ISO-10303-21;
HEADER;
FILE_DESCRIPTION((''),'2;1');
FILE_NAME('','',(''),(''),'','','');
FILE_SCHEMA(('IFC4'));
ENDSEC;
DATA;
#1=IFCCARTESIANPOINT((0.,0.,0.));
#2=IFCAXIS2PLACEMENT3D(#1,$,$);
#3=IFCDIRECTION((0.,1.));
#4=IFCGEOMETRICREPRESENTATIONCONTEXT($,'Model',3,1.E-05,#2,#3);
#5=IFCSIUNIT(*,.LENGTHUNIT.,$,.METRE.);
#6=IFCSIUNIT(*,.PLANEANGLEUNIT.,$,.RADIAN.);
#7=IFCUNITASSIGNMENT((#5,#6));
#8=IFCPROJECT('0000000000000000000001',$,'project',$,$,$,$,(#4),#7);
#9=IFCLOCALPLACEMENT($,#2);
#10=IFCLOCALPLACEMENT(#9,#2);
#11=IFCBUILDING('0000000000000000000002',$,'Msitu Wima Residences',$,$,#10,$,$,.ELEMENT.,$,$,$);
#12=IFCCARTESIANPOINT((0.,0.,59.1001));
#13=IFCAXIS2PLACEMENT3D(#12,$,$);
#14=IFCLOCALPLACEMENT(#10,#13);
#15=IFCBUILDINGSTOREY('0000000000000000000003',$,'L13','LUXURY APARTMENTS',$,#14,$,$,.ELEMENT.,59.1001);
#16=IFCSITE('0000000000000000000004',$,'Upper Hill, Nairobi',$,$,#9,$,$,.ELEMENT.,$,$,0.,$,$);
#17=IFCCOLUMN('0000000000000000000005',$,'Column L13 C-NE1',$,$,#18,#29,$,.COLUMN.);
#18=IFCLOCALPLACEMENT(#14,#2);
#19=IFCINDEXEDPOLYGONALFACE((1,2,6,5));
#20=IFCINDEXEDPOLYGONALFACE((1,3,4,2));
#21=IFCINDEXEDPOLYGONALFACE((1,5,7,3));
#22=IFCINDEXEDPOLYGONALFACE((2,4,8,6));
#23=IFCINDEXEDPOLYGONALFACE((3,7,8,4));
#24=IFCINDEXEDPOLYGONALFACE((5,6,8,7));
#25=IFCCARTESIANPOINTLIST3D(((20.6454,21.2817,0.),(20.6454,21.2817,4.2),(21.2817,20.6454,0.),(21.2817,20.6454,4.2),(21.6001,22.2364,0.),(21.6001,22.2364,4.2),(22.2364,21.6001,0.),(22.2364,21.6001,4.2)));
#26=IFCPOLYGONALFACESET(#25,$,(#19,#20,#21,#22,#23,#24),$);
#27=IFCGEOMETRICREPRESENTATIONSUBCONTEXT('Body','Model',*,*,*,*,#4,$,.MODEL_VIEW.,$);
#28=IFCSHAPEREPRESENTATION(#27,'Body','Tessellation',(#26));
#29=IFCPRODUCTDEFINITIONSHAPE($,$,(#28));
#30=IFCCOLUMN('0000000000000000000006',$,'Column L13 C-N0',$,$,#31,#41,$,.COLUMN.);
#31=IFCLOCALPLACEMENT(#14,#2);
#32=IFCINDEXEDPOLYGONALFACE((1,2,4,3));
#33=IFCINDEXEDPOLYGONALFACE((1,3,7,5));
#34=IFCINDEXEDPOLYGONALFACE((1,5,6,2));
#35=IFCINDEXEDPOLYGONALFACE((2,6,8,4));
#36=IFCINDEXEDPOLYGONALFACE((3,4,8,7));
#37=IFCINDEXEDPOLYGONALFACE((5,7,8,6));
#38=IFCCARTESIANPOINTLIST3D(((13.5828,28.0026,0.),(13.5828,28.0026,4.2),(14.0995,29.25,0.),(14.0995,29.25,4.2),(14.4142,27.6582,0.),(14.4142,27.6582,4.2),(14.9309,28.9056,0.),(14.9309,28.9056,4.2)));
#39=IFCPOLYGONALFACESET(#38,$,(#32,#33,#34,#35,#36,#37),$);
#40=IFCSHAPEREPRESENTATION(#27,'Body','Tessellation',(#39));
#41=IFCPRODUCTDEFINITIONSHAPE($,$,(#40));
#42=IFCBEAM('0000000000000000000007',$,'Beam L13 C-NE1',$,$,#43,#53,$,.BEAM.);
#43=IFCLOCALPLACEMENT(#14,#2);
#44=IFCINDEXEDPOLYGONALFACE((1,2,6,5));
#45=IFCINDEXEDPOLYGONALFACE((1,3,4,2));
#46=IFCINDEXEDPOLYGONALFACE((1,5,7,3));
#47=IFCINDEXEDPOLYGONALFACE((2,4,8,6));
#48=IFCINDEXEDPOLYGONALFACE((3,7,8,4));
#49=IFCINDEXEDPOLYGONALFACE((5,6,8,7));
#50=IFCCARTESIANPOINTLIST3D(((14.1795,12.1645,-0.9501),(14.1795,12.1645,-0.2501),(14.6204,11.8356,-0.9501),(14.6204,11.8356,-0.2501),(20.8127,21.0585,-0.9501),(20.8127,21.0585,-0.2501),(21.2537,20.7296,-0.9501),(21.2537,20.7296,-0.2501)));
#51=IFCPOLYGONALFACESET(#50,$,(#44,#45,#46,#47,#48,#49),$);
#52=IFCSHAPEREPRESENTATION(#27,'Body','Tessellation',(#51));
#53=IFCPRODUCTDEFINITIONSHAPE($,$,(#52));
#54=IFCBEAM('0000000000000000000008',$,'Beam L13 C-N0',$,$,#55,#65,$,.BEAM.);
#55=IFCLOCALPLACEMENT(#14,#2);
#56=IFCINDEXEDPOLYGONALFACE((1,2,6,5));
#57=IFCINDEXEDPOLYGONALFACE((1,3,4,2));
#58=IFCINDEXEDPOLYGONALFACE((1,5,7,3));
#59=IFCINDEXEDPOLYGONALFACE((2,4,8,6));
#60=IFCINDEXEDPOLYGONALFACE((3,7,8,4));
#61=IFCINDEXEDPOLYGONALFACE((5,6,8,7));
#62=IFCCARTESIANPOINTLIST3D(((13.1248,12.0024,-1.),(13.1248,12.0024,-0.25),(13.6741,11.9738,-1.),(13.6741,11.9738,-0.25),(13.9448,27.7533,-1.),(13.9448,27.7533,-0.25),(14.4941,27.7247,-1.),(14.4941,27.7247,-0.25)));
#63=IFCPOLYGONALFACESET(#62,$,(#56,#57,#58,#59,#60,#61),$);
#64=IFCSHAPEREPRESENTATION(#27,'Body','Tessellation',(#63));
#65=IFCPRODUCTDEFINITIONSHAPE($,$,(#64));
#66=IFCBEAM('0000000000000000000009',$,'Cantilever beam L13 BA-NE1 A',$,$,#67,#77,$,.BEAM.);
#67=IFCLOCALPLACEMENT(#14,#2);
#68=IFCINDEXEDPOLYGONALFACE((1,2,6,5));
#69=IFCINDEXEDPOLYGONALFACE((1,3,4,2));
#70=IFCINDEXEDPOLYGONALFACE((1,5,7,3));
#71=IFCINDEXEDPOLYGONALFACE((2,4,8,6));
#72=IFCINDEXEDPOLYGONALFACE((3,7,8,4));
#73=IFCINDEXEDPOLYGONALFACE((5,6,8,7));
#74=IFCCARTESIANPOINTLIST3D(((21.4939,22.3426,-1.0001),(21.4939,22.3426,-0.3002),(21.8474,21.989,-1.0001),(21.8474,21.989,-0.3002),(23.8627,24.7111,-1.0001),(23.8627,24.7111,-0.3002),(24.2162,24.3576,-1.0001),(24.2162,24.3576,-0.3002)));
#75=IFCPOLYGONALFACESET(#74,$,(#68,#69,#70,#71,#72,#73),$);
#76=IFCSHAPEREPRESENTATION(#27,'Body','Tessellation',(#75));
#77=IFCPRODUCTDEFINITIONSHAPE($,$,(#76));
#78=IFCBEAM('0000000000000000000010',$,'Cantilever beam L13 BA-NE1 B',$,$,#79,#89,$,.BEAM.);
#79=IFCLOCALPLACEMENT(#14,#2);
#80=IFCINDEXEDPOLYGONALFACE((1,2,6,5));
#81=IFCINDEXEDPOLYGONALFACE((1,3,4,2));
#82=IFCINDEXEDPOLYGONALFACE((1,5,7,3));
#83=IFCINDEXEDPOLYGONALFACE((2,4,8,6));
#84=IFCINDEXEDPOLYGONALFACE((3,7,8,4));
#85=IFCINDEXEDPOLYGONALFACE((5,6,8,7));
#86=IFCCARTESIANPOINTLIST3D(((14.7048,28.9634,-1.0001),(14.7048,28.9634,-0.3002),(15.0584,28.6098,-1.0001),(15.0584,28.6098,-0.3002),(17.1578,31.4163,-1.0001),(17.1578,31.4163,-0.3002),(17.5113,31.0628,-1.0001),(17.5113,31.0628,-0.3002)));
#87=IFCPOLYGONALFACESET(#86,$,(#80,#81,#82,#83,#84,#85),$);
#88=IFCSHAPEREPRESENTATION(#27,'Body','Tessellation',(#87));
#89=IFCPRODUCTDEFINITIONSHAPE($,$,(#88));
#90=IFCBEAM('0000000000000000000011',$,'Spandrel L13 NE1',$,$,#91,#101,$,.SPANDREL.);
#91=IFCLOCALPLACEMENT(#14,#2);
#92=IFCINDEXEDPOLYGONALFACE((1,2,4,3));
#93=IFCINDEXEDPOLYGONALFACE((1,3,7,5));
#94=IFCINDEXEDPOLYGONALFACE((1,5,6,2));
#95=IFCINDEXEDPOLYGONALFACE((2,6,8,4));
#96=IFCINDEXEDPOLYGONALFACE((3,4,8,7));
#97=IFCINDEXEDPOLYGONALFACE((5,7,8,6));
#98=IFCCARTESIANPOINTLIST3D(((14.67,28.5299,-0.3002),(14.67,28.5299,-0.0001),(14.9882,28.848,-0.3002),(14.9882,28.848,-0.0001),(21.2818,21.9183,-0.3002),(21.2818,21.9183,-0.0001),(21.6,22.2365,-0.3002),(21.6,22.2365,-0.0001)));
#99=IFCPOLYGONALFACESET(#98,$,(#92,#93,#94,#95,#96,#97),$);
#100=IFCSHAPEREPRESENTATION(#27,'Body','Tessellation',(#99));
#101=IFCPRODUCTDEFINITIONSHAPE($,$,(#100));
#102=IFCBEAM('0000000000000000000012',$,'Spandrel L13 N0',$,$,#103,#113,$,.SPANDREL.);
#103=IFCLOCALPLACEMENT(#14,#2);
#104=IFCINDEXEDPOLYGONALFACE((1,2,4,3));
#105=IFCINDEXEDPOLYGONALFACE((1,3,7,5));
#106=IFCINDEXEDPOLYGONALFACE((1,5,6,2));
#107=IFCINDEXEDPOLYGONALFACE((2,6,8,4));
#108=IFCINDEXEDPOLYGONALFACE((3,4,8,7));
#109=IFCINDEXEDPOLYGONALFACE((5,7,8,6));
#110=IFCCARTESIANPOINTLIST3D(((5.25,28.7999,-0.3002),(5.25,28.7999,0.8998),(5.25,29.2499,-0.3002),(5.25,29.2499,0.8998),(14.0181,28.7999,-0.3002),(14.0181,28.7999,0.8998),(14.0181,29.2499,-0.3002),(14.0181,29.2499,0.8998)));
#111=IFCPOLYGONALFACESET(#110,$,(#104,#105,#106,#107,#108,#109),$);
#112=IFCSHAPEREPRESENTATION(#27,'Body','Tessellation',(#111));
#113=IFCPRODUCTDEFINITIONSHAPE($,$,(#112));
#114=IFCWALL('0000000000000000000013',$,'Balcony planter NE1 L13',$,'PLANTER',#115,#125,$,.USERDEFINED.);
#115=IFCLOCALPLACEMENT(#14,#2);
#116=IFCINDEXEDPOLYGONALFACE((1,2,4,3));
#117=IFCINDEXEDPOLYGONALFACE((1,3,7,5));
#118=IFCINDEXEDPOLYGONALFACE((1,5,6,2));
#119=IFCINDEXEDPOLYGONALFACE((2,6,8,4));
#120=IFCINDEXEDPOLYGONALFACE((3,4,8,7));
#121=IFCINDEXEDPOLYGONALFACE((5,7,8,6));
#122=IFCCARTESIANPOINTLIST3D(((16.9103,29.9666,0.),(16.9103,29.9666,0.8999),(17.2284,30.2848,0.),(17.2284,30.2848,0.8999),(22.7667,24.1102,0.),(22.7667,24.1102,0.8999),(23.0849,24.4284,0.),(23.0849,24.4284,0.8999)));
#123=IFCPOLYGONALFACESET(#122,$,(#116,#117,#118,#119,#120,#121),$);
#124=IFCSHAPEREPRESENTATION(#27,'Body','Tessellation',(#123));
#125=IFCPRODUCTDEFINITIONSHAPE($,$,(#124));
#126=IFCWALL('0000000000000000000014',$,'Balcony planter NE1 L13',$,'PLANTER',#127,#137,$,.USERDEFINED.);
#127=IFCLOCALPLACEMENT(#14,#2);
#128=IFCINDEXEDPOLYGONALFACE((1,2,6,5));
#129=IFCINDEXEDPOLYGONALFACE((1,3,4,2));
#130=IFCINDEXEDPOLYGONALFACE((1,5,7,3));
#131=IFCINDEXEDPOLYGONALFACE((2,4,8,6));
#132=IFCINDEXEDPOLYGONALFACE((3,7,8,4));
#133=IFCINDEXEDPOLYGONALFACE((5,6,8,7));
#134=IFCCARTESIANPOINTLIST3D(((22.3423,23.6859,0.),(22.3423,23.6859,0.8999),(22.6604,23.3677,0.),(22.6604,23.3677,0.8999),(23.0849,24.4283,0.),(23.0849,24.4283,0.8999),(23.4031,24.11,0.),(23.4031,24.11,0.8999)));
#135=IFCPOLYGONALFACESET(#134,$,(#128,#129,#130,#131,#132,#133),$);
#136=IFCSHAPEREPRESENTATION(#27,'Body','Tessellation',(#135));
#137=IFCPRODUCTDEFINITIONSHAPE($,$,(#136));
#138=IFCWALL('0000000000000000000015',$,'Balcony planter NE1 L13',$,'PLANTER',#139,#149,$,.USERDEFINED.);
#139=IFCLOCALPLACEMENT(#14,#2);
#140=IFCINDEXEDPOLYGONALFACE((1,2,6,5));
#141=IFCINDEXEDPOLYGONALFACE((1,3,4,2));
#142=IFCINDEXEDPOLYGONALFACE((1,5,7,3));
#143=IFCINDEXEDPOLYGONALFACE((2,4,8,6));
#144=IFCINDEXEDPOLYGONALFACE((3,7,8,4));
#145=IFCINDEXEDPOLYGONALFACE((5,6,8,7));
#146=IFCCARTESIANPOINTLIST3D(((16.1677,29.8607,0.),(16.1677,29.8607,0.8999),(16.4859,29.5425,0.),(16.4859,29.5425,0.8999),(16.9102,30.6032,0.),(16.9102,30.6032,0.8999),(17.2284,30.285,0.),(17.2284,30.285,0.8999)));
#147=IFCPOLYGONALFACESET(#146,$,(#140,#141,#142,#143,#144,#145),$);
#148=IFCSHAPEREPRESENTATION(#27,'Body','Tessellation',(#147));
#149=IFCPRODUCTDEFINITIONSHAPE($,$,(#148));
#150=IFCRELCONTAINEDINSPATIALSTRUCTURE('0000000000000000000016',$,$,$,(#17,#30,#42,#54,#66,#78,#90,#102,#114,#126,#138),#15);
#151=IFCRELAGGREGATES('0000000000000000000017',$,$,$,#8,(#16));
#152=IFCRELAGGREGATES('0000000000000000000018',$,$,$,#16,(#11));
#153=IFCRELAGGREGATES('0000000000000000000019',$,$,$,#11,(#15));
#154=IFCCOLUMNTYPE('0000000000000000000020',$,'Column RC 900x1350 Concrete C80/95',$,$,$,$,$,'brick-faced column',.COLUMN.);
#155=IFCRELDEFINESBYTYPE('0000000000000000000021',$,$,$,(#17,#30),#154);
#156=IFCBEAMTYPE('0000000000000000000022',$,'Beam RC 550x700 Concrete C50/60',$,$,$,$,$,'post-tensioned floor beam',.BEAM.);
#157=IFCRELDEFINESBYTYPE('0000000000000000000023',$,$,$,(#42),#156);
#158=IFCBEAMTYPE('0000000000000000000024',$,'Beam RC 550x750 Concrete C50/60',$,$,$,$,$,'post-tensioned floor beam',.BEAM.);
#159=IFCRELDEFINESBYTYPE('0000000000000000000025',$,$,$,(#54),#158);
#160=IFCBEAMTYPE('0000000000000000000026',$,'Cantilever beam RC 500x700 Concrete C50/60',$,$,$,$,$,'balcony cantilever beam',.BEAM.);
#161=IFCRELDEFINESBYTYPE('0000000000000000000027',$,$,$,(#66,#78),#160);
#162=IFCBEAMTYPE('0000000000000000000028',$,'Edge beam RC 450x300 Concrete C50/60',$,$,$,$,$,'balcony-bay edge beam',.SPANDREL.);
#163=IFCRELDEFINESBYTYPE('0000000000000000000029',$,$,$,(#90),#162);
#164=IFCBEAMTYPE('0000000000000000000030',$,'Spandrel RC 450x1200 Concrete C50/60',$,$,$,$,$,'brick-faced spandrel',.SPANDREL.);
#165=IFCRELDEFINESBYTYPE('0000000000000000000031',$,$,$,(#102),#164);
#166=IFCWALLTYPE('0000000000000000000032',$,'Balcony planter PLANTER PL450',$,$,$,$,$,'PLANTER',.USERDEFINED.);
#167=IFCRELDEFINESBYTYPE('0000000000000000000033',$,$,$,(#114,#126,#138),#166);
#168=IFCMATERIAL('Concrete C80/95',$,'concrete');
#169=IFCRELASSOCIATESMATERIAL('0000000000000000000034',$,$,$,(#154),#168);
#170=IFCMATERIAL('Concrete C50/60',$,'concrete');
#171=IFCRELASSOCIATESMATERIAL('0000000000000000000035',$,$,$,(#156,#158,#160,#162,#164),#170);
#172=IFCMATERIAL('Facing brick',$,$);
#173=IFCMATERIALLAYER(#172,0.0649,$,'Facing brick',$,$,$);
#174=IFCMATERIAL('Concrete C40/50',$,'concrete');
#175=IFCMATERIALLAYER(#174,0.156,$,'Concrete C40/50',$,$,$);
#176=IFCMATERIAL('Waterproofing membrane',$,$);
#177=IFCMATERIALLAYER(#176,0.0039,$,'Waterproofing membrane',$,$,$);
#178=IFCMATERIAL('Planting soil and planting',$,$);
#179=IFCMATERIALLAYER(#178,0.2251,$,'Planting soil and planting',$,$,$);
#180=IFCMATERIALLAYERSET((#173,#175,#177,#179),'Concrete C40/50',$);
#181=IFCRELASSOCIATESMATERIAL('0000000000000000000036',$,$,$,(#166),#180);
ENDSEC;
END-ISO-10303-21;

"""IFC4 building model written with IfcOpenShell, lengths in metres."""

from ifc_helpers import new_model, si_unit, direction, frame, frame_2d, origin, origin_2d, place, context, subcontext, project, spatial, rectangle, extrude, material, layer, layer_set, material_profile, profile_set, type_object, element, save


model = new_model("IFC4")

# Units and contexts
model_context = context("Model", 3, precision=1e-05, world=origin(), true_north=direction((0.0, 1.0)))
body_context = subcontext(model_context, "Body", "Model", "MODEL_VIEW")
ifc_project = project(units=[si_unit("LENGTHUNIT", "METRE"), si_unit("PLANEANGLEUNIT", "RADIAN")], contexts=[model_context])

# Site, building, storey
site_placement = place(None, origin())
site = spatial("IfcSite", under=ifc_project, at=site_placement, Name="Upper Hill, Nairobi", CompositionType="ELEMENT", RefElevation=0.0)
building_placement = place(site_placement, origin())
building = spatial("IfcBuilding", under=site, at=building_placement, Name="Msitu Wima Residences", CompositionType="ELEMENT")
storey_placement = place(building_placement, frame((0.0, 0.0, 59.1001)))
storey = spatial("IfcBuildingStorey", under=building, at=storey_placement, Name="L13", Description="LUXURY APARTMENTS", CompositionType="ELEMENT", Elevation=59.1001)

# Columns
ifc_material_1 = material(Name="Concrete C80/95", Category="concrete")
ifc_material_profile_1 = material_profile(ifc_material_1, rectangle(XDim=0.8999, YDim=1.3501, at=origin_2d()), Name="RC 900x1350")
ifc_profile_set_1 = profile_set([ifc_material_profile_1], Name="Concrete C80/95")
column_type = type_object("IfcColumnType", Name="Column RC 900x1350 Concrete C80/95", ElementType="brick-faced column", PredefinedType="COLUMN", material=ifc_profile_set_1)
for number, where, z_axis, x_axis, name in (
    (1, (21.4409, 21.4409, 0.0), (0.0, 0.0, 1.0), (-0.707107, 0.707107, 0.0), "Column L13 C-NE1"),
    (2, (14.2568, 28.4541, 0.0), (0.0, 0.0, 1.0), (-0.92388, 0.382683, 0.0), "Column L13 C-N0"),
):
    element("IfcColumn", number, at=place(storey_placement, frame(where, z_axis=z_axis, x_axis=x_axis)), inside=storey, type_object=column_type, Name=name, PredefinedType="COLUMN", context=body_context, shape_type="SweptSolid", body=[
        extrude(rectangle(XDim=0.8999, YDim=1.3501, at=origin_2d()), origin(), (0.0, 0.0, 1.0), 4.2),
    ])

# Beams
ifc_material_2 = material(Name="Concrete C50/60", Category="concrete")
ifc_material_profile_2 = material_profile(ifc_material_2, rectangle(XDim=0.55, YDim=0.7, at=origin_2d()), Name="RC 550x700")
ifc_profile_set_2 = profile_set([ifc_material_profile_2], Name="Concrete C50/60")
beam_type_1 = type_object("IfcBeamType", Name="Beam RC 550x700 Concrete C50/60", ElementType="post-tensioned floor beam", PredefinedType="BEAM", material=ifc_profile_set_2)
beam_1_placement = place(storey_placement, frame((21.0332, 20.894, -0.6001), z_axis=(-0.59785, -0.801608, 0.0), x_axis=(0.801608, -0.59785, 0.0)))
element("IfcBeam", 3, at=beam_1_placement, inside=storey, type_object=beam_type_1, Name="Beam L13 C-NE1", PredefinedType="BEAM", context=body_context, shape_type="SweptSolid", body=[
    extrude(rectangle(XDim=0.55, YDim=0.7, at=origin_2d()), origin(), (0.0, 0.0, 1.0), 11.0952),
])
ifc_material_profile_3 = material_profile(ifc_material_2, rectangle(XDim=0.55, YDim=0.75, at=origin_2d()), Name="RC 550x750")
ifc_profile_set_3 = profile_set([ifc_material_profile_3], Name="Concrete C50/60")
beam_type_2 = type_object("IfcBeamType", Name="Beam RC 550x750 Concrete C50/60", ElementType="post-tensioned floor beam", PredefinedType="BEAM", material=ifc_profile_set_3)
beam_2_placement = place(storey_placement, frame((14.2195, 27.739, -0.625), z_axis=(-0.051994, -0.998647, 0.0), x_axis=(0.998647, -0.051994, 0.0)))
element("IfcBeam", 4, at=beam_2_placement, inside=storey, type_object=beam_type_2, Name="Beam L13 C-N0", PredefinedType="BEAM", context=body_context, shape_type="SweptSolid", body=[
    extrude(rectangle(XDim=0.55, YDim=0.75, at=origin_2d()), origin(), (0.0, 0.0, 1.0), 15.7722),
])
ifc_material_profile_4 = material_profile(ifc_material_2, rectangle(XDim=0.5, YDim=0.7, at=origin_2d()), Name="RC 500x700")
ifc_profile_set_4 = profile_set([ifc_material_profile_4], Name="Concrete C50/60")
beam_type_3 = type_object("IfcBeamType", Name="Cantilever beam RC 500x700 Concrete C50/60", ElementType="balcony cantilever beam", PredefinedType="BEAM", material=ifc_profile_set_4)
beam_3_placement = place(storey_placement, frame((21.6707, 22.1658, -0.6501), z_axis=(0.707143, 0.70707, 0.0), x_axis=(-0.70707, 0.707143, 0.0)))
element("IfcBeam", 5, at=beam_3_placement, inside=storey, type_object=beam_type_3, Name="Cantilever beam L13 BA-NE1 A", PredefinedType="BEAM", context=body_context, shape_type="SweptSolid", body=[
    extrude(rectangle(XDim=0.5, YDim=0.7, at=origin_2d()), origin(), (0.0, 0.0, 1.0), 3.3499),
])
beam_4_placement = place(storey_placement, frame((14.8816, 28.7866, -0.6501), z_axis=(0.707107, 0.707107, 0.0), x_axis=(-0.707107, 0.707107, 0.0)))
element("IfcBeam", 6, at=beam_4_placement, inside=storey, type_object=beam_type_3, Name="Cantilever beam L13 BA-NE1 B", PredefinedType="BEAM", context=body_context, shape_type="SweptSolid", body=[
    extrude(rectangle(XDim=0.5, YDim=0.7, at=origin_2d()), origin(), (0.0, 0.0, 1.0), 3.469),
])
ifc_material_profile_5 = material_profile(ifc_material_2, rectangle(XDim=0.45, YDim=0.3, at=origin_2d()), Name="RC 450x300")
ifc_profile_set_5 = profile_set([ifc_material_profile_5], Name="Concrete C50/60")
beam_type_4 = type_object("IfcBeamType", Name="Edge beam RC 450x300 Concrete C50/60", ElementType="balcony-bay edge beam", PredefinedType="SPANDREL", material=ifc_profile_set_5)
beam_5_placement = place(storey_placement, frame((21.4409, 22.0774, -0.1501), z_axis=(-0.70712, 0.707094, 0.0), x_axis=(-0.707094, -0.70712, 0.0)))
element("IfcBeam", 7, at=beam_5_placement, inside=storey, type_object=beam_type_4, Name="Spandrel L13 NE1", PredefinedType="SPANDREL", context=body_context, shape_type="SweptSolid", body=[
    extrude(rectangle(XDim=0.45, YDim=0.3, at=origin_2d()), origin(), (0.0, 0.0, 1.0), 9.3503),
])
ifc_material_profile_6 = material_profile(ifc_material_2, rectangle(XDim=0.45, YDim=1.2, at=origin_2d()), Name="RC 450x1200")
ifc_profile_set_6 = profile_set([ifc_material_profile_6], Name="Concrete C50/60")
beam_type_5 = type_object("IfcBeamType", Name="Spandrel RC 450x1200 Concrete C50/60", ElementType="brick-faced spandrel", PredefinedType="SPANDREL", material=ifc_profile_set_6)
beam_6_placement = place(storey_placement, frame((14.0181, 29.0249, 0.2998), z_axis=(-1.0, 0.0, 0.0), x_axis=(0.0, -1.0, 0.0)))
element("IfcBeam", 8, at=beam_6_placement, inside=storey, type_object=beam_type_5, Name="Spandrel L13 N0", PredefinedType="SPANDREL", context=body_context, shape_type="SweptSolid", body=[
    extrude(rectangle(XDim=0.45, YDim=1.2, at=origin_2d()), origin(), (0.0, 0.0, 1.0), 8.7681),
])

# Walls
ifc_material_3 = material(Name="Facing brick")
ifc_layer_1 = layer(ifc_material_3, 0.0649, Name="Facing brick")
ifc_material_4 = material(Name="Concrete C40/50", Category="concrete")
ifc_layer_2 = layer(ifc_material_4, 0.156, Name="Concrete C40/50")
ifc_material_5 = material(Name="Waterproofing membrane")
ifc_layer_3 = layer(ifc_material_5, 0.0039, Name="Waterproofing membrane")
ifc_material_6 = material(Name="Planting soil and planting")
ifc_layer_4 = layer(ifc_material_6, 0.2251, Name="Planting soil and planting")
ifc_layer_set_1 = layer_set([ifc_layer_1, ifc_layer_2, ifc_layer_3, ifc_layer_4], Name="Concrete C40/50")
wall_type_1 = type_object("IfcWallType", Name="Balcony planter PLANTER PL450", ElementType="PLANTER", PredefinedType="USERDEFINED", material=ifc_layer_set_1)
wall_1_placement = place(storey_placement, frame((22.9258, 24.2693, 0.0), z_axis=(0.0, 0.0, 1.0), x_axis=(-0.707107, 0.707107, 0.0)))
element("IfcWall", 9, at=wall_1_placement, inside=storey, type_object=wall_type_1, Name="Balcony planter NE1 L13", ObjectType="PLANTER", PredefinedType="USERDEFINED", context=body_context, shape_type="SweptSolid", body=[
    extrude(rectangle(XDim=8.2822, YDim=0.45, at=frame_2d((4.1411, 0.0))), origin(), (0.0, 0.0, 1.0), 0.8999),
])
for number, where, z_axis, x_axis, name in (
    (10, (22.5015, 23.5269, 0.0), (0.0, 0.0, 1.0), (0.707223, 0.706991, 0.0), "Balcony planter NE1 L13"),
    (11, (16.3269, 29.7017, 0.0), (0.0, 0.0, 1.0), (0.707107, 0.707107, 0.0), "Balcony planter NE1 L13"),
):
    element("IfcWall", number, at=place(storey_placement, frame(where, z_axis=z_axis, x_axis=x_axis)), inside=storey, type_object=wall_type_1, Name=name, ObjectType="PLANTER", PredefinedType="USERDEFINED", context=body_context, shape_type="SweptSolid", body=[
        extrude(rectangle(XDim=1.05, YDim=0.45, at=frame_2d((0.5249, 0.0))), origin(), (0.0, 0.0, 1.0), 0.8999),
    ])

save(model, "model.ifc")
